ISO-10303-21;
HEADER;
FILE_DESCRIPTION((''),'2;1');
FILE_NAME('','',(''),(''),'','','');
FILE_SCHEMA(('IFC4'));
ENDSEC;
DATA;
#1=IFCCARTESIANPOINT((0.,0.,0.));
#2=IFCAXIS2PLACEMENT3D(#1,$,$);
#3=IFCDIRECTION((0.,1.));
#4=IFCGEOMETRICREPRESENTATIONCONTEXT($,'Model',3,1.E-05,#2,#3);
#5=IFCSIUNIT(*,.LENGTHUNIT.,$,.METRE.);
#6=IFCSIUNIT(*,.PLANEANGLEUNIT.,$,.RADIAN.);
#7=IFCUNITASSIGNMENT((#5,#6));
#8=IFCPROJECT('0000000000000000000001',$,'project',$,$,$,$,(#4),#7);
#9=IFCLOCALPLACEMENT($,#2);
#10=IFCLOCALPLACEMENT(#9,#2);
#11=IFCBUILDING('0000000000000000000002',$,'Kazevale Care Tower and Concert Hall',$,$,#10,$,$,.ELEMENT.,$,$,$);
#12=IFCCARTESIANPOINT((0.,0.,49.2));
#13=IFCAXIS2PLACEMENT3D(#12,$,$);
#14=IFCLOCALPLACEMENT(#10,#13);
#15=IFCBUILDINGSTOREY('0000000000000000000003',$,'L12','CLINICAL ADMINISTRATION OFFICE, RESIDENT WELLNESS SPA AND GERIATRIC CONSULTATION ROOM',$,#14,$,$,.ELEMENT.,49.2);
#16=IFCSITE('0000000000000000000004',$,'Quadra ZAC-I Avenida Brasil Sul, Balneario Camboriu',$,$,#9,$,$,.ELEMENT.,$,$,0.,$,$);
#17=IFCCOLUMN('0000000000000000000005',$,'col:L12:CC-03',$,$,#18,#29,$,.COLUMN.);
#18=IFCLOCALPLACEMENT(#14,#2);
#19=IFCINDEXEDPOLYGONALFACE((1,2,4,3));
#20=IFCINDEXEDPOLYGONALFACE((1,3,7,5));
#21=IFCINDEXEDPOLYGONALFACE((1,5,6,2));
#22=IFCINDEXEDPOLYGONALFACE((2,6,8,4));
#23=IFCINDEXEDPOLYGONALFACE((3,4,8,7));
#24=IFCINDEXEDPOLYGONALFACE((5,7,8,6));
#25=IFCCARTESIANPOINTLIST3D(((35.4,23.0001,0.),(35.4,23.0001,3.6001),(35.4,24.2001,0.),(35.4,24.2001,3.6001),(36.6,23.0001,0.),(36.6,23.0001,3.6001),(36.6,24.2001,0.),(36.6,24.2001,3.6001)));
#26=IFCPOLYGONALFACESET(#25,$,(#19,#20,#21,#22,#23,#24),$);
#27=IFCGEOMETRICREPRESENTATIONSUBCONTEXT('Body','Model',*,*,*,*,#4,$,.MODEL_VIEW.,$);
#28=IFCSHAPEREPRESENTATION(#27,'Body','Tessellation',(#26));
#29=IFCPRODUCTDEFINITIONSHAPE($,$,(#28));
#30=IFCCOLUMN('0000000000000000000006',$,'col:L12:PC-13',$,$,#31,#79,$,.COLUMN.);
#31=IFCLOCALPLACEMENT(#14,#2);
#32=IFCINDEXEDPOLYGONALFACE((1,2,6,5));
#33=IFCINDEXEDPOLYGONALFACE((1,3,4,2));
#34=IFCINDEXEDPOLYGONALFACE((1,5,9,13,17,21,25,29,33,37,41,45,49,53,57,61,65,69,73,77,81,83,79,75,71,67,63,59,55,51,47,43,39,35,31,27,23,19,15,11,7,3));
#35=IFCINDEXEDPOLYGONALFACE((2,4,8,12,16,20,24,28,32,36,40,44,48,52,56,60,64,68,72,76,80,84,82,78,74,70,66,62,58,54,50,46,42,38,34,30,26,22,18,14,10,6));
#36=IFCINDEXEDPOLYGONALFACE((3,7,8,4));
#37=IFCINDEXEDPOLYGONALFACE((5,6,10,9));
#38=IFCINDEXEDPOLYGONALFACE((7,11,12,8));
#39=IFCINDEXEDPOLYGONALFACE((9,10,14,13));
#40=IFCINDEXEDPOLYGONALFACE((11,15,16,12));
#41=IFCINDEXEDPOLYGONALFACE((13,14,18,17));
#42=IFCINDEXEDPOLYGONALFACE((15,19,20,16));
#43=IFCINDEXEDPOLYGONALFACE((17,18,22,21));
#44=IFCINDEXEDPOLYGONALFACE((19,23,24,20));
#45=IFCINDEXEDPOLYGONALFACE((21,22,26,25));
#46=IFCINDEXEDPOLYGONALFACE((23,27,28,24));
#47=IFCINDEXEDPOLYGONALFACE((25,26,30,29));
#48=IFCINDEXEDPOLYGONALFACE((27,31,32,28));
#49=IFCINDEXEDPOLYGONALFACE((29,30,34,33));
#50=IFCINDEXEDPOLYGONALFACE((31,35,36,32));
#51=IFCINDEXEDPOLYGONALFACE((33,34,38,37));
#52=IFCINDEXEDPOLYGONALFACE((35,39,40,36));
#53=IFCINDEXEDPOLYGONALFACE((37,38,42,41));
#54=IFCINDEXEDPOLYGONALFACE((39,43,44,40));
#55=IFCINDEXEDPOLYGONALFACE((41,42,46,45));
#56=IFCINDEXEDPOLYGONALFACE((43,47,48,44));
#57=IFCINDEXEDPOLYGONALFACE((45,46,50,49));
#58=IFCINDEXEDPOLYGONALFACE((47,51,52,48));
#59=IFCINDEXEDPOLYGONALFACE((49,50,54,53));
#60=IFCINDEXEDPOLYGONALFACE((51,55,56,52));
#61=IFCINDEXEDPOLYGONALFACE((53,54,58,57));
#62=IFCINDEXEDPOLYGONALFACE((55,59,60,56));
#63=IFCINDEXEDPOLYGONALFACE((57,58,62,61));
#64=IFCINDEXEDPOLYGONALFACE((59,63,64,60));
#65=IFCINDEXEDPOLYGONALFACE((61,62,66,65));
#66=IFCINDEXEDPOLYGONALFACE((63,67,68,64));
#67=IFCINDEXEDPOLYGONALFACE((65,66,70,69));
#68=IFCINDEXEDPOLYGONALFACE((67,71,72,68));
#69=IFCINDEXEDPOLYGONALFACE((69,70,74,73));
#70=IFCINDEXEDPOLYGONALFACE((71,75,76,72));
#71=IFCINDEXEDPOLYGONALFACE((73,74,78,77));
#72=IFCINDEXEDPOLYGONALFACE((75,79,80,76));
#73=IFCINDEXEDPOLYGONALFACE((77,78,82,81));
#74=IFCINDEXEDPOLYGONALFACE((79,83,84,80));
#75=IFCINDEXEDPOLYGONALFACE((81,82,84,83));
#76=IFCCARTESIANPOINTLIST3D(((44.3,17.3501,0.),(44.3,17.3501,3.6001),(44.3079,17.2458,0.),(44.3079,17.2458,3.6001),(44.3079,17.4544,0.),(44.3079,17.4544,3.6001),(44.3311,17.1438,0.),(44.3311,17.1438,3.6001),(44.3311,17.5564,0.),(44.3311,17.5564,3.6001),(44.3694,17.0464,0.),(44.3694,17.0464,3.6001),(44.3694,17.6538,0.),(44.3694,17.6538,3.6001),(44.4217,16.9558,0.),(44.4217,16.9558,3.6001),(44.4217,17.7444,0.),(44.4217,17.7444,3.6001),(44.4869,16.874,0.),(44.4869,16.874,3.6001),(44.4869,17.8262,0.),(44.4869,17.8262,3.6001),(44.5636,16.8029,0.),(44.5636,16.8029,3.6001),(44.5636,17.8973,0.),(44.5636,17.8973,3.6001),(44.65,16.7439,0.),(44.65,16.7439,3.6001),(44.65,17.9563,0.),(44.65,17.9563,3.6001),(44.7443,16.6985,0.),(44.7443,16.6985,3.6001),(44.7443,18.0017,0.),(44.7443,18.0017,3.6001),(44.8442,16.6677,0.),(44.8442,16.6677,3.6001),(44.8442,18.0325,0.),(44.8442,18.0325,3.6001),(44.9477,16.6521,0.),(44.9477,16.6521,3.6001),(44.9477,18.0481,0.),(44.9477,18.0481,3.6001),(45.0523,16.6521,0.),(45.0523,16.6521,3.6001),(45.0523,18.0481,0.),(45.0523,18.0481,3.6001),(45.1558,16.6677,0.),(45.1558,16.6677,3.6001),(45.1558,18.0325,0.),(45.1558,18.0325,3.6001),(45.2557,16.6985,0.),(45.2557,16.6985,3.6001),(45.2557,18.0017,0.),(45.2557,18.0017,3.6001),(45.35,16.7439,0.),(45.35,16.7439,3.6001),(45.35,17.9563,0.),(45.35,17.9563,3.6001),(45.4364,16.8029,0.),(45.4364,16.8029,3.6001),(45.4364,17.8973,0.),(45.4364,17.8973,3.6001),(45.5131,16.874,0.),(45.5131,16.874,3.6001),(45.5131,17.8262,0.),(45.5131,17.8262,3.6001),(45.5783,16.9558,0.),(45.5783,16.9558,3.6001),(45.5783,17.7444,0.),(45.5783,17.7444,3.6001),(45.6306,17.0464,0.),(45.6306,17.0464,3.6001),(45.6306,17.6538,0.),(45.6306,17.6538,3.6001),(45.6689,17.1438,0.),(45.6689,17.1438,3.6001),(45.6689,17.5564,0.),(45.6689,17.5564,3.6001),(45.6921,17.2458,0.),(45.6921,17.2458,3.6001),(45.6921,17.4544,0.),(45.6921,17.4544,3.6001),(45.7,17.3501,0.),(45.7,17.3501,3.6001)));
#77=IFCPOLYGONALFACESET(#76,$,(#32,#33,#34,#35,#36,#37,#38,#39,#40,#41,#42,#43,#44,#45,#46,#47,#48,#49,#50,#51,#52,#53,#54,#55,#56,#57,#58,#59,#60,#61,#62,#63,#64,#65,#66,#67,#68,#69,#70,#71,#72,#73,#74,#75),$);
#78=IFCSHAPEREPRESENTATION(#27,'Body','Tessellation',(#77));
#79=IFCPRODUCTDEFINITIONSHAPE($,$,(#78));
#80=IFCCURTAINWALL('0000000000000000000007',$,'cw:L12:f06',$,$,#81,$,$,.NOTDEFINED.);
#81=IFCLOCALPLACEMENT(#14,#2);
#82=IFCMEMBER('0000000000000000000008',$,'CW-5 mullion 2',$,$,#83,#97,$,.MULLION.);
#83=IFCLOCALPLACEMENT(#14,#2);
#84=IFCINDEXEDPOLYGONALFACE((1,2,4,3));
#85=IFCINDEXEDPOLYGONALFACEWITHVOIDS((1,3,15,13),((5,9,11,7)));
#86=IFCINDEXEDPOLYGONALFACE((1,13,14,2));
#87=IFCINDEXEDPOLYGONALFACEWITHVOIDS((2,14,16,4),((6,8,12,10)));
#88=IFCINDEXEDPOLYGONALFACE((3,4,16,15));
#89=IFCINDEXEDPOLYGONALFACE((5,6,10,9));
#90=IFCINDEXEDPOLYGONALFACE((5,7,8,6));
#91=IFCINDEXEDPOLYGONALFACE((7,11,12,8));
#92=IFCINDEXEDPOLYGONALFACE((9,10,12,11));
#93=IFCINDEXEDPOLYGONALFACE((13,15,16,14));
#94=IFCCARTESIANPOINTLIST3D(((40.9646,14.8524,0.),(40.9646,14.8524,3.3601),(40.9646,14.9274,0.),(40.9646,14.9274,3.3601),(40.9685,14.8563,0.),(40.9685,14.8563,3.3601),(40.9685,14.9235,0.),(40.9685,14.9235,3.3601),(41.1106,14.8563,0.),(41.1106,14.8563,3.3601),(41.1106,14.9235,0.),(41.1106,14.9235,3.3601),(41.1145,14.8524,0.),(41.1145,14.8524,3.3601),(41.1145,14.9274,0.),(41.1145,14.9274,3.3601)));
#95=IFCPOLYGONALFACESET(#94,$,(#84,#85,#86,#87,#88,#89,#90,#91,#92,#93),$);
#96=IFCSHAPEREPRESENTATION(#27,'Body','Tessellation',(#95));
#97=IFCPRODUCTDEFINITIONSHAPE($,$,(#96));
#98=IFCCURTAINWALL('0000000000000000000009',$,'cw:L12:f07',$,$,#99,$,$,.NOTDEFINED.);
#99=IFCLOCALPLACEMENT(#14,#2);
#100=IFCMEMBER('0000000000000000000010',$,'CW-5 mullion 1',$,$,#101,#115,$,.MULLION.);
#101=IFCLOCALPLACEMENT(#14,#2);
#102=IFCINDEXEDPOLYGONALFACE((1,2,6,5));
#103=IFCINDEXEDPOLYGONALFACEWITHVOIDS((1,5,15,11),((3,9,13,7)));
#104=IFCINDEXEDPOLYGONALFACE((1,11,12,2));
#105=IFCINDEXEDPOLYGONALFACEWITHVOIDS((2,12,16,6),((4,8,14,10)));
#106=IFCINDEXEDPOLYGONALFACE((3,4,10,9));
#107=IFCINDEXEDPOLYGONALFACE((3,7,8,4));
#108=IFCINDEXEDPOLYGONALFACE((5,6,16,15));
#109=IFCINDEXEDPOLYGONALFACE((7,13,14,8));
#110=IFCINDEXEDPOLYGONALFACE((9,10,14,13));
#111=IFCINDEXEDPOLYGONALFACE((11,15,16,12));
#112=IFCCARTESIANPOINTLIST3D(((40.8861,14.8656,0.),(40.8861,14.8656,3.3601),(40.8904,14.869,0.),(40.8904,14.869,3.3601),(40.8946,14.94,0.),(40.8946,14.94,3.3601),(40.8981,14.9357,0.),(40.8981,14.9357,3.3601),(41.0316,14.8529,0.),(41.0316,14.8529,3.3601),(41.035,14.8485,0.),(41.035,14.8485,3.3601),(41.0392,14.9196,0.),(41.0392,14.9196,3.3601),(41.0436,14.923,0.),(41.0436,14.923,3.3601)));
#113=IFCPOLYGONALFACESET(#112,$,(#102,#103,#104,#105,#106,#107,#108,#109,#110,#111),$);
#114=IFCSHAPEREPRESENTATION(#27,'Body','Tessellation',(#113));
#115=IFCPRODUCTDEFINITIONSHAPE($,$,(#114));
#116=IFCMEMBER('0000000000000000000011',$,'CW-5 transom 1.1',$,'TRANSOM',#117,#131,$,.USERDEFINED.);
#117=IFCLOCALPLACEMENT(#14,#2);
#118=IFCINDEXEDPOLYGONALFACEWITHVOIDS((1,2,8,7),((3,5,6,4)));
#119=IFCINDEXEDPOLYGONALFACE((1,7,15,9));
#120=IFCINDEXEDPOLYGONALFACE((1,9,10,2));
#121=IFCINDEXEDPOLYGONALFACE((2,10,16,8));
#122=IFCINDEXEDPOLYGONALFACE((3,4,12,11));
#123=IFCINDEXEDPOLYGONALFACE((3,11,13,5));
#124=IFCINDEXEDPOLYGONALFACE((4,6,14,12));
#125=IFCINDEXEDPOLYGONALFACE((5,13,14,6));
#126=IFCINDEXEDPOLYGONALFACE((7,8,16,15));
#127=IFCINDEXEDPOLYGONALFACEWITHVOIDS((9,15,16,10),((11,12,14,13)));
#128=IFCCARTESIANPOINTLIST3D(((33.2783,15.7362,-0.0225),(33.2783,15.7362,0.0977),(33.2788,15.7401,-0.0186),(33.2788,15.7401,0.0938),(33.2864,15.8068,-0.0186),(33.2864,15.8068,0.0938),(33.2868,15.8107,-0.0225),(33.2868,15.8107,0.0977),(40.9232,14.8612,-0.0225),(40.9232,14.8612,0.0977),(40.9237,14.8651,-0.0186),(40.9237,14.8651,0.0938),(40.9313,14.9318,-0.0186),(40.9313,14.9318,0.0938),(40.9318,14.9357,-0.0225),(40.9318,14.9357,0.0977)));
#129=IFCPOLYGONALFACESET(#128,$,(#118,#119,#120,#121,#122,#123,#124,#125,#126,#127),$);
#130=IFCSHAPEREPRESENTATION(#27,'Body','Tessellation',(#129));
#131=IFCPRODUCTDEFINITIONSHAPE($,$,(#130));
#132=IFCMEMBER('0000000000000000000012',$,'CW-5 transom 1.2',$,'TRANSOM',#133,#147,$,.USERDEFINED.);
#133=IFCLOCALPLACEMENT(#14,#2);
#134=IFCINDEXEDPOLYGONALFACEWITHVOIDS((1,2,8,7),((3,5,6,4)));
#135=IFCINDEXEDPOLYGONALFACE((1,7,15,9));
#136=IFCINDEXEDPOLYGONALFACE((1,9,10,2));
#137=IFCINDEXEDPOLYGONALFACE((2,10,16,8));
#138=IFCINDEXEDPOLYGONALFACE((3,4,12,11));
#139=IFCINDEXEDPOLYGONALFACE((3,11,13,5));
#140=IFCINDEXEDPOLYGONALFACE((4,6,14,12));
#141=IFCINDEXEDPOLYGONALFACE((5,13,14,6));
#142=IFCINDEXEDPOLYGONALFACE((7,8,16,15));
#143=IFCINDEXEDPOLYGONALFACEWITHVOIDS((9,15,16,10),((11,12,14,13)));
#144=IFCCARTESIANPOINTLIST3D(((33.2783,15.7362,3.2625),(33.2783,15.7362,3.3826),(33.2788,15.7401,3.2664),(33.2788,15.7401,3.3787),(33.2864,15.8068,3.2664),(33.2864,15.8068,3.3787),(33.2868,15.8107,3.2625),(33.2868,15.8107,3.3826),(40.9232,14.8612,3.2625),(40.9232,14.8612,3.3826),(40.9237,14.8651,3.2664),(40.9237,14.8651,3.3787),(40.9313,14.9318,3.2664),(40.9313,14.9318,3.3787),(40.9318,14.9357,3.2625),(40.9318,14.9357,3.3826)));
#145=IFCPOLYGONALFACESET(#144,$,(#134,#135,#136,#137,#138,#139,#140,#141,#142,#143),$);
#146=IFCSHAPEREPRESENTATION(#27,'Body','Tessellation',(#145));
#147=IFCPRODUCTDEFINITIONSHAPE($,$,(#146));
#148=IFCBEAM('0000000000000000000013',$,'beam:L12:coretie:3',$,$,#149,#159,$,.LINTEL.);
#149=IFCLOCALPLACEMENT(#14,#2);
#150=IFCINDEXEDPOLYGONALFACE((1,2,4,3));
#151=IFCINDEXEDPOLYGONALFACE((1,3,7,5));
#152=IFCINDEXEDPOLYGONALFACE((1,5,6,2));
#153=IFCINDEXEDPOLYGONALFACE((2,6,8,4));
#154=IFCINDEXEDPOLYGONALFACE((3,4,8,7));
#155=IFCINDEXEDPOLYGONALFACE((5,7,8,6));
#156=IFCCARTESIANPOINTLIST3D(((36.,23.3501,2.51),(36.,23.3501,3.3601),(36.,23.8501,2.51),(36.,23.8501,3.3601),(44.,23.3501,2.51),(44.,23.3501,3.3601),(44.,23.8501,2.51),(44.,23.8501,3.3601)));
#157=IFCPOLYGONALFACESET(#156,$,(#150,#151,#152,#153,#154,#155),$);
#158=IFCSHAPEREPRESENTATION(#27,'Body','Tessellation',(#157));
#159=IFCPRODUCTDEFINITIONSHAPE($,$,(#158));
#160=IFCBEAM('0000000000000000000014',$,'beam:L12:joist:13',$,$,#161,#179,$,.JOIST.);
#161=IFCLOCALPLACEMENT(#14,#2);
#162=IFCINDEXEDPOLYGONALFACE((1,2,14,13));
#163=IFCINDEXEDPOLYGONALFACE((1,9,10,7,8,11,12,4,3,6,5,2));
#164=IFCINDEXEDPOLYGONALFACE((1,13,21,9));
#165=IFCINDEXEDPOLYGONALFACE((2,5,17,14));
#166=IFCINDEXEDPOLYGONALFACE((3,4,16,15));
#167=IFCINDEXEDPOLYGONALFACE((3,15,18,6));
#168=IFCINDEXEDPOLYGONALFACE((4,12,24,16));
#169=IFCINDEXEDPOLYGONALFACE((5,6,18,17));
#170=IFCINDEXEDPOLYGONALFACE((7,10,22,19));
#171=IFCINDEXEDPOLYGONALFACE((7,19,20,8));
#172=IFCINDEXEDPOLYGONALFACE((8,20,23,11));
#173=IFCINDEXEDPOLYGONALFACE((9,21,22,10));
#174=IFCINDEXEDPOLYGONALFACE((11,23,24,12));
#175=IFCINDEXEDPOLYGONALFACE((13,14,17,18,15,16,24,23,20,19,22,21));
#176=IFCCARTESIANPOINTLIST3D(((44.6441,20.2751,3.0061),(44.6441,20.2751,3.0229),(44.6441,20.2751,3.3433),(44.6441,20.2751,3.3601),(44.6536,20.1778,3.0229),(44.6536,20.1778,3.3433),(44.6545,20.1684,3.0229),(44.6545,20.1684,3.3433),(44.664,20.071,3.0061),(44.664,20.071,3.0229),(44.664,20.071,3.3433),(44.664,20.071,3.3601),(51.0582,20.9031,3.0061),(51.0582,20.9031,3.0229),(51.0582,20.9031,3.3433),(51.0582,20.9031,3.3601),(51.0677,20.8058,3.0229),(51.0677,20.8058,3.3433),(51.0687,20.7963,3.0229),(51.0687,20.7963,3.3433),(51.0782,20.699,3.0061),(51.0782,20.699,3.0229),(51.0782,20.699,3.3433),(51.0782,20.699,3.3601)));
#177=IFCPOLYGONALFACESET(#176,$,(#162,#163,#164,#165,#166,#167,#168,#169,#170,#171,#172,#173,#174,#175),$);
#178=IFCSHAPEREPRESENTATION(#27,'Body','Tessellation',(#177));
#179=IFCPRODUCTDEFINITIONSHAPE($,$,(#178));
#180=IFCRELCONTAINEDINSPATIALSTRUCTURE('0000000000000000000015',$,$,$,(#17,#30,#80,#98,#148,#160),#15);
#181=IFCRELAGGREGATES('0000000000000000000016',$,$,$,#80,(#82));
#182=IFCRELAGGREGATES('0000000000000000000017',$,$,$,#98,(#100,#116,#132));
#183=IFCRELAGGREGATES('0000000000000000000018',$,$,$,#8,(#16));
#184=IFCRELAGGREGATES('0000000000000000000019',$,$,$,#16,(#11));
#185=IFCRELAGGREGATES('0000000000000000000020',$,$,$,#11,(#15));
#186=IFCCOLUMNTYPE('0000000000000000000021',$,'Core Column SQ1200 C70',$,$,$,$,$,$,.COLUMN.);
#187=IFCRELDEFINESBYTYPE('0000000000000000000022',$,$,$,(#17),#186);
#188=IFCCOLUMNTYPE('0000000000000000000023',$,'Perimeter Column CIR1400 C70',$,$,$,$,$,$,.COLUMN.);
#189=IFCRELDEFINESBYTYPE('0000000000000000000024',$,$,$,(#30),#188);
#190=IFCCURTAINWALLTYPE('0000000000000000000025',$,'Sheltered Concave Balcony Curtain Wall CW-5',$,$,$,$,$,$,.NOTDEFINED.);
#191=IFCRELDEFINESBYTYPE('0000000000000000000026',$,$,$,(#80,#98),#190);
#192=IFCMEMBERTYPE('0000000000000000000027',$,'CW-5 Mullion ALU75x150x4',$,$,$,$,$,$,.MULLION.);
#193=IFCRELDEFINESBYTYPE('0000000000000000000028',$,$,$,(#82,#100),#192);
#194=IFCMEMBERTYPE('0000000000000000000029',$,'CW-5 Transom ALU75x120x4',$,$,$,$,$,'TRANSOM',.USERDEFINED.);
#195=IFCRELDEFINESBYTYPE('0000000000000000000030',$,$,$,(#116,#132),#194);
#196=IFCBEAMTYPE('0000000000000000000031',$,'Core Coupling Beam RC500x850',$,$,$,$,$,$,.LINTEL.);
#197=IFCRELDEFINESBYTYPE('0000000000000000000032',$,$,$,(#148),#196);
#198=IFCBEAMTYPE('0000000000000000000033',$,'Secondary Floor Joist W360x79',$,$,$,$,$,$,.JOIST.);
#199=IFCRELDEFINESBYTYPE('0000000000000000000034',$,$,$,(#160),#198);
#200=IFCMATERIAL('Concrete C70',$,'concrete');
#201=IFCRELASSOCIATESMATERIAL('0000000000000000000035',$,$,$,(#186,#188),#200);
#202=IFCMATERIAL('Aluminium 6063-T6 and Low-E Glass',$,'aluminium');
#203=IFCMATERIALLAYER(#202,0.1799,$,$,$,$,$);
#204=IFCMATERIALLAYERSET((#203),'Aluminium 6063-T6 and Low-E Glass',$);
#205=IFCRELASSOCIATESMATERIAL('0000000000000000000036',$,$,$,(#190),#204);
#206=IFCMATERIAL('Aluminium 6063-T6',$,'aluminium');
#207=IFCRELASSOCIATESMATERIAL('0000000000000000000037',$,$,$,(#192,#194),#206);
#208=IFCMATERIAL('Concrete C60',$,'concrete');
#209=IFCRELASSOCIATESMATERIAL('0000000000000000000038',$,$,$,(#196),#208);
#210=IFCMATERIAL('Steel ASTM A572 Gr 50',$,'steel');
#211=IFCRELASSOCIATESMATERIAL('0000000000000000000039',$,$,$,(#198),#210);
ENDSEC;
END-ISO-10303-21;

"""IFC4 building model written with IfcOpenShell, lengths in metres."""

from ifc_helpers import new_model, si_unit, direction, frame, origin, origin_2d, place, context, subcontext, project, spatial, rectangle, hollow_rectangle, circle, i_section, extrude, material, layer, layer_set, material_profile, profile_set, type_object, element, aggregate, save


model = new_model("IFC4")

# Units and contexts
model_context = context("Model", 3, precision=1e-05, world=origin(), true_north=direction((0.0, 1.0)))
body_context = subcontext(model_context, "Body", "Model", "MODEL_VIEW")
ifc_project = project(units=[si_unit("LENGTHUNIT", "METRE"), si_unit("PLANEANGLEUNIT", "RADIAN")], contexts=[model_context])

# Site, building, storey
site_placement = place(None, origin())
site = spatial("IfcSite", under=ifc_project, at=site_placement, Name="Quadra ZAC-I Avenida Brasil Sul, Balneario Camboriu", CompositionType="ELEMENT", RefElevation=0.0)
building_placement = place(site_placement, origin())
building = spatial("IfcBuilding", under=site, at=building_placement, Name="Kazevale Care Tower and Concert Hall", CompositionType="ELEMENT")
storey_placement = place(building_placement, frame((0.0, 0.0, 49.2)))
storey = spatial("IfcBuildingStorey", under=building, at=storey_placement, Name="L12", Description="CLINICAL ADMINISTRATION OFFICE, RESIDENT WELLNESS SPA AND GERIATRIC CONSULTATION ROOM", CompositionType="ELEMENT", Elevation=49.2)

# Columns
ifc_material_1 = material(Name="Concrete C70", Category="concrete")
ifc_material_profile_1 = material_profile(ifc_material_1, rectangle(XDim=1.2, YDim=1.2, at=origin_2d()), Name="RC-SQ1200")
ifc_profile_set_1 = profile_set([ifc_material_profile_1], Name="Concrete C70")
column_type_1 = type_object("IfcColumnType", Name="Core Column SQ1200 C70", PredefinedType="COLUMN", material=ifc_profile_set_1)
column_1_placement = place(storey_placement, frame((36.0, 23.6001, 0.0), z_axis=(0.0, 0.0, 1.0), x_axis=(1.0, 0.0, 0.0)))
element("IfcColumn", 1, at=column_1_placement, inside=storey, type_object=column_type_1, Name="col:L12:CC-03", PredefinedType="COLUMN", context=body_context, shape_type="SweptSolid", body=[
    extrude(rectangle(XDim=1.2, YDim=1.2, at=origin_2d()), origin(), (0.0, 0.0, 1.0), 3.6001),
])
ifc_material_profile_2 = material_profile(ifc_material_1, circle(Radius=0.7, at=origin_2d()), Name="RC-CIR1400")
ifc_profile_set_2 = profile_set([ifc_material_profile_2], Name="Concrete C70")
column_type_2 = type_object("IfcColumnType", Name="Perimeter Column CIR1400 C70", PredefinedType="COLUMN", material=ifc_profile_set_2)
column_2_placement = place(storey_placement, frame((45.0, 17.3501, 0.0), z_axis=(0.0, 0.0, 1.0), x_axis=(1.0, 0.0, 0.0)))
element("IfcColumn", 2, at=column_2_placement, inside=storey, type_object=column_type_2, Name="col:L12:PC-13", PredefinedType="COLUMN", context=body_context, shape_type="SweptSolid", body=[
    extrude(circle(Radius=0.7, at=origin_2d()), origin(), (0.0, 0.0, 1.0), 3.6001),
])

# Curtain wall, member
ifc_material_2 = material(Name="Aluminium 6063-T6 and Low-E Glass", Category="aluminium")
ifc_layer_1 = layer(ifc_material_2, 0.1799)
ifc_layer_set_1 = layer_set([ifc_layer_1], Name="Aluminium 6063-T6 and Low-E Glass")
curtain_wall_type = type_object("IfcCurtainWallType", Name="Sheltered Concave Balcony Curtain Wall CW-5", PredefinedType="NOTDEFINED", material=ifc_layer_set_1)
curtain_wall_1_placement = place(storey_placement, origin())
curtain_wall_1 = element("IfcCurtainWall", 3, at=curtain_wall_1_placement, inside=storey, type_object=curtain_wall_type, Name="cw:L12:f06", PredefinedType="NOTDEFINED")
ifc_material_3 = material(Name="Aluminium 6063-T6", Category="aluminium")
ifc_material_profile_3 = material_profile(ifc_material_3, hollow_rectangle(XDim=0.075, YDim=0.1499, WallThickness=0.0039, at=origin_2d()), Name="ALU75x150x4")
ifc_profile_set_3 = profile_set([ifc_material_profile_3], Name="Aluminium 6063-T6")
member_type_1 = type_object("IfcMemberType", Name="CW-5 Mullion ALU75x150x4", PredefinedType="MULLION", material=ifc_profile_set_3)
member_1_placement = place(storey_placement, frame((41.0396, 14.8899, 0.0), z_axis=(0.0, 0.0, 1.0), x_axis=(0.0, -1.0, 0.0)))
member_1 = element("IfcMember", 4, at=member_1_placement, type_object=member_type_1, Name="CW-5 mullion 2", PredefinedType="MULLION", context=body_context, shape_type="SweptSolid", body=[
    extrude(hollow_rectangle(XDim=0.075, YDim=0.1499, WallThickness=0.0039, at=origin_2d()), origin(), (0.0, 0.0, 1.0), 3.3601),
])

# Curtain wall, members
curtain_wall_2_placement = place(storey_placement, origin())
curtain_wall_2 = element("IfcCurtainWall", 5, at=curtain_wall_2_placement, inside=storey, type_object=curtain_wall_type, Name="cw:L12:f07", PredefinedType="NOTDEFINED")
member_2_placement = place(storey_placement, frame((40.9648, 14.8943, 0.0), z_axis=(0.0, 0.0, 1.0), x_axis=(-0.113705, -0.993515, 0.0)))
member_2 = element("IfcMember", 6, at=member_2_placement, type_object=member_type_1, Name="CW-5 mullion 1", PredefinedType="MULLION", context=body_context, shape_type="SweptSolid", body=[
    extrude(hollow_rectangle(XDim=0.075, YDim=0.1499, WallThickness=0.0039, at=origin_2d()), origin(), (0.0, 0.0, 1.0), 3.3601),
])
ifc_material_profile_4 = material_profile(ifc_material_3, hollow_rectangle(XDim=0.075, YDim=0.1201, WallThickness=0.0039, at=origin_2d()), Name="ALU75x120x4")
ifc_profile_set_4 = profile_set([ifc_material_profile_4], Name="Aluminium 6063-T6")
member_type_2 = type_object("IfcMemberType", Name="CW-5 Transom ALU75x120x4", ElementType="TRANSOM", PredefinedType="USERDEFINED", material=ifc_profile_set_4)
member_3_placement = place(storey_placement, frame((40.9275, 14.8984, 0.0376), z_axis=(-0.993514, 0.113711, 0.0), x_axis=(-0.113711, -0.993514, 0.0)))
member_3 = element("IfcMember", 7, at=member_3_placement, type_object=member_type_2, Name="CW-5 transom 1.1", ObjectType="TRANSOM", PredefinedType="USERDEFINED", context=body_context, shape_type="SweptSolid", body=[
    extrude(hollow_rectangle(XDim=0.075, YDim=0.1201, WallThickness=0.0039, at=origin_2d()), origin(), (0.0, 0.0, 1.0), 7.6948),
])
member_4_placement = place(storey_placement, frame((40.9275, 14.8984, 3.3225), z_axis=(-0.993514, 0.113711, 0.0), x_axis=(-0.113711, -0.993514, 0.0)))
member_4 = element("IfcMember", 8, at=member_4_placement, type_object=member_type_2, Name="CW-5 transom 1.2", ObjectType="TRANSOM", PredefinedType="USERDEFINED", context=body_context, shape_type="SweptSolid", body=[
    extrude(hollow_rectangle(XDim=0.075, YDim=0.1201, WallThickness=0.0039, at=origin_2d()), origin(), (0.0, 0.0, 1.0), 7.6948),
])

# Beams
ifc_material_4 = material(Name="Concrete C60", Category="concrete")
ifc_material_profile_5 = material_profile(ifc_material_4, rectangle(XDim=0.5, YDim=0.8501, at=origin_2d()), Name="RC-B500x850")
ifc_profile_set_5 = profile_set([ifc_material_profile_5], Name="Concrete C60")
beam_type_1 = type_object("IfcBeamType", Name="Core Coupling Beam RC500x850", PredefinedType="LINTEL", material=ifc_profile_set_5)
beam_1_placement = place(storey_placement, frame((36.0, 23.6001, 2.9351), z_axis=(1.0, 0.0, 0.0), x_axis=(0.0, 1.0, 0.0)))
element("IfcBeam", 9, at=beam_1_placement, inside=storey, type_object=beam_type_1, Name="beam:L12:coretie:3", PredefinedType="LINTEL", context=body_context, shape_type="SweptSolid", body=[
    extrude(rectangle(XDim=0.5, YDim=0.8501, at=origin_2d()), origin(), (0.0, 0.0, 1.0), 8.0),
])
ifc_material_5 = material(Name="Steel ASTM A572 Gr 50", Category="steel")
ifc_material_profile_6 = material_profile(ifc_material_5, i_section(OverallWidth=0.2051, OverallDepth=0.354, WebThickness=0.0095, FlangeThickness=0.0168, at=origin_2d()), Name="W360x79")
ifc_profile_set_6 = profile_set([ifc_material_profile_6], Name="Steel ASTM A572 Gr 50")
beam_type_2 = type_object("IfcBeamType", Name="Secondary Floor Joist W360x79", PredefinedType="JOIST", material=ifc_profile_set_6)
beam_2_placement = place(storey_placement, frame((44.6541, 20.1731, 3.1831), z_axis=(0.995242, 0.097433, 0.0), x_axis=(-0.097433, 0.995242, 0.0)))
element("IfcBeam", 10, at=beam_2_placement, inside=storey, type_object=beam_type_2, Name="beam:L12:joist:13", PredefinedType="JOIST", context=body_context, shape_type="SweptSolid", body=[
    extrude(i_section(OverallWidth=0.2051, OverallDepth=0.354, WebThickness=0.0095, FlangeThickness=0.0168, at=origin_2d()), origin(), (0.0, 0.0, 1.0), 6.4448),
])

aggregate(curtain_wall_1, [member_1])
aggregate(curtain_wall_2, [member_2, member_3, member_4])

save(model, "model.ifc")
